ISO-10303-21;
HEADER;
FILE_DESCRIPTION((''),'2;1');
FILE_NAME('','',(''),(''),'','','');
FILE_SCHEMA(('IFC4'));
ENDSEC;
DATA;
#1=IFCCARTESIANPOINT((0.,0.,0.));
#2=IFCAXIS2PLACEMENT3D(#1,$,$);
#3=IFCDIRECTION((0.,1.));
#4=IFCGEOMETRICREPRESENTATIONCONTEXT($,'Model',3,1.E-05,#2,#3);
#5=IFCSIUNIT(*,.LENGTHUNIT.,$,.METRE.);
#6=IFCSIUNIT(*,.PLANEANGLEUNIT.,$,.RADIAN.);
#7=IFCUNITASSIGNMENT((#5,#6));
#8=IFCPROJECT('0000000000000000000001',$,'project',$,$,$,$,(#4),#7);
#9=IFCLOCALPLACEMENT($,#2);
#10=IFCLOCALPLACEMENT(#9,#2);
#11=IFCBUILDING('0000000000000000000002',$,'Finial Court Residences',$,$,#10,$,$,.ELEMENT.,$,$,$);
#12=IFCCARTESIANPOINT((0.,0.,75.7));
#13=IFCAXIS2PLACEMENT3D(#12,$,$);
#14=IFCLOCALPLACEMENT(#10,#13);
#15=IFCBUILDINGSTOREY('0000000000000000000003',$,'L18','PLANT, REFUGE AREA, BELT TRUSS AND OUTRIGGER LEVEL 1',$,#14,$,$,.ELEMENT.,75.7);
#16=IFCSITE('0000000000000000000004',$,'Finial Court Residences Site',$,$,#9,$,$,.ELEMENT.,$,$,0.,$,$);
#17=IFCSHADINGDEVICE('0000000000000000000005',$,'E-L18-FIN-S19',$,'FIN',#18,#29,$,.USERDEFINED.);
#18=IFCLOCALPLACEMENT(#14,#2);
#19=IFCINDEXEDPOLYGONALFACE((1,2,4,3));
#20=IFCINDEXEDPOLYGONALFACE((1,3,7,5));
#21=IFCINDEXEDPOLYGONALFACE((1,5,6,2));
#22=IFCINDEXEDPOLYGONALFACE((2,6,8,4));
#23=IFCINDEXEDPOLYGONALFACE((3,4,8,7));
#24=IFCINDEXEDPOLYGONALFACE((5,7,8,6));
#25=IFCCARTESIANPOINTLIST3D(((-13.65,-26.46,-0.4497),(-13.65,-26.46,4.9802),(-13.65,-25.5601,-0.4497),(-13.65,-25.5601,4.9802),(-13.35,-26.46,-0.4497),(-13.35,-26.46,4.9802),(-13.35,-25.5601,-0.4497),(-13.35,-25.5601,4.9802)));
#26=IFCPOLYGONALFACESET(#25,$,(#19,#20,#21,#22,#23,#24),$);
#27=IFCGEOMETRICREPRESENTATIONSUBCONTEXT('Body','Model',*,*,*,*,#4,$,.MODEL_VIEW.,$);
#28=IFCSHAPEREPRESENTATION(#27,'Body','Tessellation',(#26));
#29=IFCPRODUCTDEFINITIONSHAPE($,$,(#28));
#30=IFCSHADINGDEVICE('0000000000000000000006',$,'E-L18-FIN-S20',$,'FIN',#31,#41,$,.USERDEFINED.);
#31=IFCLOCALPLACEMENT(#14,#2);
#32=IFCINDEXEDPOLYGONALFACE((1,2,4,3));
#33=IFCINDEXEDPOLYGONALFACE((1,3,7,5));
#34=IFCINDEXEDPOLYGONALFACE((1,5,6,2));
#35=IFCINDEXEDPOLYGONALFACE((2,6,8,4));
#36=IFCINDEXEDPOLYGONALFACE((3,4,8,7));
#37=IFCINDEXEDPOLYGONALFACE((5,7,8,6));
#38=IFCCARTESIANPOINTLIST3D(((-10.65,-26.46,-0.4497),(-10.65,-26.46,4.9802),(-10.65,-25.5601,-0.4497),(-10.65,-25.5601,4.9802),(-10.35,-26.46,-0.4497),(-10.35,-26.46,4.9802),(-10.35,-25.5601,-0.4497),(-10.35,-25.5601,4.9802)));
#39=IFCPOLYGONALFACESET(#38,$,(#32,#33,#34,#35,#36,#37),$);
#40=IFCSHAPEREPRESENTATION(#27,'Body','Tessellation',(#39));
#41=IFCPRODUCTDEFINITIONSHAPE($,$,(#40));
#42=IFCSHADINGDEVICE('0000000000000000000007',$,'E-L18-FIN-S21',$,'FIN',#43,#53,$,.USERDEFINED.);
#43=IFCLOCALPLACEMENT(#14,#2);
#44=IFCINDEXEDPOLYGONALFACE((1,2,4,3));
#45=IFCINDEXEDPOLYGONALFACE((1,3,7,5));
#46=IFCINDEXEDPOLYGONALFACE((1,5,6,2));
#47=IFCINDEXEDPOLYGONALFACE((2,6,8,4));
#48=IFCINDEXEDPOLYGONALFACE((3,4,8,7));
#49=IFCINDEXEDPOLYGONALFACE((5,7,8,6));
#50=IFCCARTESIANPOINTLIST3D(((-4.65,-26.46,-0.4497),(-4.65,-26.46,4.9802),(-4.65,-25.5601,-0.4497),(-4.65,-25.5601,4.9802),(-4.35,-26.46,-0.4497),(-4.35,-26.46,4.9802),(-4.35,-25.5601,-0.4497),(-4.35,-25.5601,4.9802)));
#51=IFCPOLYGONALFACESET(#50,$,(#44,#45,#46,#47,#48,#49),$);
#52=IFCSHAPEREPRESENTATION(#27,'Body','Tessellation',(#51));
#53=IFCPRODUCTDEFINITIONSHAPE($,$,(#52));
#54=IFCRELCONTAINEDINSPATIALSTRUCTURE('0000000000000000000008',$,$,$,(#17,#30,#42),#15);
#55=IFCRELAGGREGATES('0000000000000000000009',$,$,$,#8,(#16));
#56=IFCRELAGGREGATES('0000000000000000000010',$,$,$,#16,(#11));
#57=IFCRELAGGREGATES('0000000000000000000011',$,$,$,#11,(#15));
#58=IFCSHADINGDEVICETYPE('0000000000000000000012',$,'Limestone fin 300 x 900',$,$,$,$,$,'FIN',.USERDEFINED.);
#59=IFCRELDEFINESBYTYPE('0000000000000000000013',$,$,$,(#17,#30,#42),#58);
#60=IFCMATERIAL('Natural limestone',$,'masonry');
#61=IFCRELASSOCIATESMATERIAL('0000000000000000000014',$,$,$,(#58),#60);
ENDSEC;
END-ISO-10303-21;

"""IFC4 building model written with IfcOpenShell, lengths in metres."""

from ifc_helpers import new_model, si_unit, direction, frame, origin, origin_2d, place, context, subcontext, project, spatial, rectangle, extrude, material, type_object, element, save


model = new_model("IFC4")

# Units and contexts
model_context = context("Model", 3, precision=1e-05, world=origin(), true_north=direction((0.0, 1.0)))
body_context = subcontext(model_context, "Body", "Model", "MODEL_VIEW")
ifc_project = project(units=[si_unit("LENGTHUNIT", "METRE"), si_unit("PLANEANGLEUNIT", "RADIAN")], contexts=[model_context])

# Site, building, storey
site_placement = place(None, origin())
site = spatial("IfcSite", under=ifc_project, at=site_placement, Name="Finial Court Residences Site", CompositionType="ELEMENT", RefElevation=0.0)
building_placement = place(site_placement, origin())
building = spatial("IfcBuilding", under=site, at=building_placement, Name="Finial Court Residences", CompositionType="ELEMENT")
storey_placement = place(building_placement, frame((0.0, 0.0, 75.7)))
storey = spatial("IfcBuildingStorey", under=building, at=storey_placement, Name="L18", Description="PLANT, REFUGE AREA, BELT TRUSS AND OUTRIGGER LEVEL 1", CompositionType="ELEMENT", Elevation=75.7)

# Shared definitions
ifc_material_1 = material(Name="Natural limestone", Category="masonry")

# Shading devices
shading_device_type = type_object("IfcShadingDeviceType", Name="Limestone fin 300 x 900", ElementType="FIN", PredefinedType="USERDEFINED", material=ifc_material_1)
for number, where, z_axis, x_axis, name in (
    (1, (-13.5, -26.01, -0.4497), (0.0, 0.0, 1.0), (1.0, 0.0, 0.0), "E-L18-FIN-S19"),
    (2, (-10.5, -26.01, -0.4497), (0.0, 0.0, 1.0), (1.0, 0.0, 0.0), "E-L18-FIN-S20"),
    (3, (-4.5, -26.01, -0.4497), (0.0, 0.0, 1.0), (1.0, 0.0, 0.0), "E-L18-FIN-S21"),
):
    element("IfcShadingDevice", number, at=place(storey_placement, frame(where, z_axis=z_axis, x_axis=x_axis)), inside=storey, type_object=shading_device_type, Name=name, ObjectType="FIN", PredefinedType="USERDEFINED", context=body_context, shape_type="SweptSolid", body=[
        extrude(rectangle(XDim=0.3, YDim=0.8999, at=origin_2d()), origin(), (0.0, 0.0, 1.0), 5.4299),
    ])

save(model, "model.ifc")
